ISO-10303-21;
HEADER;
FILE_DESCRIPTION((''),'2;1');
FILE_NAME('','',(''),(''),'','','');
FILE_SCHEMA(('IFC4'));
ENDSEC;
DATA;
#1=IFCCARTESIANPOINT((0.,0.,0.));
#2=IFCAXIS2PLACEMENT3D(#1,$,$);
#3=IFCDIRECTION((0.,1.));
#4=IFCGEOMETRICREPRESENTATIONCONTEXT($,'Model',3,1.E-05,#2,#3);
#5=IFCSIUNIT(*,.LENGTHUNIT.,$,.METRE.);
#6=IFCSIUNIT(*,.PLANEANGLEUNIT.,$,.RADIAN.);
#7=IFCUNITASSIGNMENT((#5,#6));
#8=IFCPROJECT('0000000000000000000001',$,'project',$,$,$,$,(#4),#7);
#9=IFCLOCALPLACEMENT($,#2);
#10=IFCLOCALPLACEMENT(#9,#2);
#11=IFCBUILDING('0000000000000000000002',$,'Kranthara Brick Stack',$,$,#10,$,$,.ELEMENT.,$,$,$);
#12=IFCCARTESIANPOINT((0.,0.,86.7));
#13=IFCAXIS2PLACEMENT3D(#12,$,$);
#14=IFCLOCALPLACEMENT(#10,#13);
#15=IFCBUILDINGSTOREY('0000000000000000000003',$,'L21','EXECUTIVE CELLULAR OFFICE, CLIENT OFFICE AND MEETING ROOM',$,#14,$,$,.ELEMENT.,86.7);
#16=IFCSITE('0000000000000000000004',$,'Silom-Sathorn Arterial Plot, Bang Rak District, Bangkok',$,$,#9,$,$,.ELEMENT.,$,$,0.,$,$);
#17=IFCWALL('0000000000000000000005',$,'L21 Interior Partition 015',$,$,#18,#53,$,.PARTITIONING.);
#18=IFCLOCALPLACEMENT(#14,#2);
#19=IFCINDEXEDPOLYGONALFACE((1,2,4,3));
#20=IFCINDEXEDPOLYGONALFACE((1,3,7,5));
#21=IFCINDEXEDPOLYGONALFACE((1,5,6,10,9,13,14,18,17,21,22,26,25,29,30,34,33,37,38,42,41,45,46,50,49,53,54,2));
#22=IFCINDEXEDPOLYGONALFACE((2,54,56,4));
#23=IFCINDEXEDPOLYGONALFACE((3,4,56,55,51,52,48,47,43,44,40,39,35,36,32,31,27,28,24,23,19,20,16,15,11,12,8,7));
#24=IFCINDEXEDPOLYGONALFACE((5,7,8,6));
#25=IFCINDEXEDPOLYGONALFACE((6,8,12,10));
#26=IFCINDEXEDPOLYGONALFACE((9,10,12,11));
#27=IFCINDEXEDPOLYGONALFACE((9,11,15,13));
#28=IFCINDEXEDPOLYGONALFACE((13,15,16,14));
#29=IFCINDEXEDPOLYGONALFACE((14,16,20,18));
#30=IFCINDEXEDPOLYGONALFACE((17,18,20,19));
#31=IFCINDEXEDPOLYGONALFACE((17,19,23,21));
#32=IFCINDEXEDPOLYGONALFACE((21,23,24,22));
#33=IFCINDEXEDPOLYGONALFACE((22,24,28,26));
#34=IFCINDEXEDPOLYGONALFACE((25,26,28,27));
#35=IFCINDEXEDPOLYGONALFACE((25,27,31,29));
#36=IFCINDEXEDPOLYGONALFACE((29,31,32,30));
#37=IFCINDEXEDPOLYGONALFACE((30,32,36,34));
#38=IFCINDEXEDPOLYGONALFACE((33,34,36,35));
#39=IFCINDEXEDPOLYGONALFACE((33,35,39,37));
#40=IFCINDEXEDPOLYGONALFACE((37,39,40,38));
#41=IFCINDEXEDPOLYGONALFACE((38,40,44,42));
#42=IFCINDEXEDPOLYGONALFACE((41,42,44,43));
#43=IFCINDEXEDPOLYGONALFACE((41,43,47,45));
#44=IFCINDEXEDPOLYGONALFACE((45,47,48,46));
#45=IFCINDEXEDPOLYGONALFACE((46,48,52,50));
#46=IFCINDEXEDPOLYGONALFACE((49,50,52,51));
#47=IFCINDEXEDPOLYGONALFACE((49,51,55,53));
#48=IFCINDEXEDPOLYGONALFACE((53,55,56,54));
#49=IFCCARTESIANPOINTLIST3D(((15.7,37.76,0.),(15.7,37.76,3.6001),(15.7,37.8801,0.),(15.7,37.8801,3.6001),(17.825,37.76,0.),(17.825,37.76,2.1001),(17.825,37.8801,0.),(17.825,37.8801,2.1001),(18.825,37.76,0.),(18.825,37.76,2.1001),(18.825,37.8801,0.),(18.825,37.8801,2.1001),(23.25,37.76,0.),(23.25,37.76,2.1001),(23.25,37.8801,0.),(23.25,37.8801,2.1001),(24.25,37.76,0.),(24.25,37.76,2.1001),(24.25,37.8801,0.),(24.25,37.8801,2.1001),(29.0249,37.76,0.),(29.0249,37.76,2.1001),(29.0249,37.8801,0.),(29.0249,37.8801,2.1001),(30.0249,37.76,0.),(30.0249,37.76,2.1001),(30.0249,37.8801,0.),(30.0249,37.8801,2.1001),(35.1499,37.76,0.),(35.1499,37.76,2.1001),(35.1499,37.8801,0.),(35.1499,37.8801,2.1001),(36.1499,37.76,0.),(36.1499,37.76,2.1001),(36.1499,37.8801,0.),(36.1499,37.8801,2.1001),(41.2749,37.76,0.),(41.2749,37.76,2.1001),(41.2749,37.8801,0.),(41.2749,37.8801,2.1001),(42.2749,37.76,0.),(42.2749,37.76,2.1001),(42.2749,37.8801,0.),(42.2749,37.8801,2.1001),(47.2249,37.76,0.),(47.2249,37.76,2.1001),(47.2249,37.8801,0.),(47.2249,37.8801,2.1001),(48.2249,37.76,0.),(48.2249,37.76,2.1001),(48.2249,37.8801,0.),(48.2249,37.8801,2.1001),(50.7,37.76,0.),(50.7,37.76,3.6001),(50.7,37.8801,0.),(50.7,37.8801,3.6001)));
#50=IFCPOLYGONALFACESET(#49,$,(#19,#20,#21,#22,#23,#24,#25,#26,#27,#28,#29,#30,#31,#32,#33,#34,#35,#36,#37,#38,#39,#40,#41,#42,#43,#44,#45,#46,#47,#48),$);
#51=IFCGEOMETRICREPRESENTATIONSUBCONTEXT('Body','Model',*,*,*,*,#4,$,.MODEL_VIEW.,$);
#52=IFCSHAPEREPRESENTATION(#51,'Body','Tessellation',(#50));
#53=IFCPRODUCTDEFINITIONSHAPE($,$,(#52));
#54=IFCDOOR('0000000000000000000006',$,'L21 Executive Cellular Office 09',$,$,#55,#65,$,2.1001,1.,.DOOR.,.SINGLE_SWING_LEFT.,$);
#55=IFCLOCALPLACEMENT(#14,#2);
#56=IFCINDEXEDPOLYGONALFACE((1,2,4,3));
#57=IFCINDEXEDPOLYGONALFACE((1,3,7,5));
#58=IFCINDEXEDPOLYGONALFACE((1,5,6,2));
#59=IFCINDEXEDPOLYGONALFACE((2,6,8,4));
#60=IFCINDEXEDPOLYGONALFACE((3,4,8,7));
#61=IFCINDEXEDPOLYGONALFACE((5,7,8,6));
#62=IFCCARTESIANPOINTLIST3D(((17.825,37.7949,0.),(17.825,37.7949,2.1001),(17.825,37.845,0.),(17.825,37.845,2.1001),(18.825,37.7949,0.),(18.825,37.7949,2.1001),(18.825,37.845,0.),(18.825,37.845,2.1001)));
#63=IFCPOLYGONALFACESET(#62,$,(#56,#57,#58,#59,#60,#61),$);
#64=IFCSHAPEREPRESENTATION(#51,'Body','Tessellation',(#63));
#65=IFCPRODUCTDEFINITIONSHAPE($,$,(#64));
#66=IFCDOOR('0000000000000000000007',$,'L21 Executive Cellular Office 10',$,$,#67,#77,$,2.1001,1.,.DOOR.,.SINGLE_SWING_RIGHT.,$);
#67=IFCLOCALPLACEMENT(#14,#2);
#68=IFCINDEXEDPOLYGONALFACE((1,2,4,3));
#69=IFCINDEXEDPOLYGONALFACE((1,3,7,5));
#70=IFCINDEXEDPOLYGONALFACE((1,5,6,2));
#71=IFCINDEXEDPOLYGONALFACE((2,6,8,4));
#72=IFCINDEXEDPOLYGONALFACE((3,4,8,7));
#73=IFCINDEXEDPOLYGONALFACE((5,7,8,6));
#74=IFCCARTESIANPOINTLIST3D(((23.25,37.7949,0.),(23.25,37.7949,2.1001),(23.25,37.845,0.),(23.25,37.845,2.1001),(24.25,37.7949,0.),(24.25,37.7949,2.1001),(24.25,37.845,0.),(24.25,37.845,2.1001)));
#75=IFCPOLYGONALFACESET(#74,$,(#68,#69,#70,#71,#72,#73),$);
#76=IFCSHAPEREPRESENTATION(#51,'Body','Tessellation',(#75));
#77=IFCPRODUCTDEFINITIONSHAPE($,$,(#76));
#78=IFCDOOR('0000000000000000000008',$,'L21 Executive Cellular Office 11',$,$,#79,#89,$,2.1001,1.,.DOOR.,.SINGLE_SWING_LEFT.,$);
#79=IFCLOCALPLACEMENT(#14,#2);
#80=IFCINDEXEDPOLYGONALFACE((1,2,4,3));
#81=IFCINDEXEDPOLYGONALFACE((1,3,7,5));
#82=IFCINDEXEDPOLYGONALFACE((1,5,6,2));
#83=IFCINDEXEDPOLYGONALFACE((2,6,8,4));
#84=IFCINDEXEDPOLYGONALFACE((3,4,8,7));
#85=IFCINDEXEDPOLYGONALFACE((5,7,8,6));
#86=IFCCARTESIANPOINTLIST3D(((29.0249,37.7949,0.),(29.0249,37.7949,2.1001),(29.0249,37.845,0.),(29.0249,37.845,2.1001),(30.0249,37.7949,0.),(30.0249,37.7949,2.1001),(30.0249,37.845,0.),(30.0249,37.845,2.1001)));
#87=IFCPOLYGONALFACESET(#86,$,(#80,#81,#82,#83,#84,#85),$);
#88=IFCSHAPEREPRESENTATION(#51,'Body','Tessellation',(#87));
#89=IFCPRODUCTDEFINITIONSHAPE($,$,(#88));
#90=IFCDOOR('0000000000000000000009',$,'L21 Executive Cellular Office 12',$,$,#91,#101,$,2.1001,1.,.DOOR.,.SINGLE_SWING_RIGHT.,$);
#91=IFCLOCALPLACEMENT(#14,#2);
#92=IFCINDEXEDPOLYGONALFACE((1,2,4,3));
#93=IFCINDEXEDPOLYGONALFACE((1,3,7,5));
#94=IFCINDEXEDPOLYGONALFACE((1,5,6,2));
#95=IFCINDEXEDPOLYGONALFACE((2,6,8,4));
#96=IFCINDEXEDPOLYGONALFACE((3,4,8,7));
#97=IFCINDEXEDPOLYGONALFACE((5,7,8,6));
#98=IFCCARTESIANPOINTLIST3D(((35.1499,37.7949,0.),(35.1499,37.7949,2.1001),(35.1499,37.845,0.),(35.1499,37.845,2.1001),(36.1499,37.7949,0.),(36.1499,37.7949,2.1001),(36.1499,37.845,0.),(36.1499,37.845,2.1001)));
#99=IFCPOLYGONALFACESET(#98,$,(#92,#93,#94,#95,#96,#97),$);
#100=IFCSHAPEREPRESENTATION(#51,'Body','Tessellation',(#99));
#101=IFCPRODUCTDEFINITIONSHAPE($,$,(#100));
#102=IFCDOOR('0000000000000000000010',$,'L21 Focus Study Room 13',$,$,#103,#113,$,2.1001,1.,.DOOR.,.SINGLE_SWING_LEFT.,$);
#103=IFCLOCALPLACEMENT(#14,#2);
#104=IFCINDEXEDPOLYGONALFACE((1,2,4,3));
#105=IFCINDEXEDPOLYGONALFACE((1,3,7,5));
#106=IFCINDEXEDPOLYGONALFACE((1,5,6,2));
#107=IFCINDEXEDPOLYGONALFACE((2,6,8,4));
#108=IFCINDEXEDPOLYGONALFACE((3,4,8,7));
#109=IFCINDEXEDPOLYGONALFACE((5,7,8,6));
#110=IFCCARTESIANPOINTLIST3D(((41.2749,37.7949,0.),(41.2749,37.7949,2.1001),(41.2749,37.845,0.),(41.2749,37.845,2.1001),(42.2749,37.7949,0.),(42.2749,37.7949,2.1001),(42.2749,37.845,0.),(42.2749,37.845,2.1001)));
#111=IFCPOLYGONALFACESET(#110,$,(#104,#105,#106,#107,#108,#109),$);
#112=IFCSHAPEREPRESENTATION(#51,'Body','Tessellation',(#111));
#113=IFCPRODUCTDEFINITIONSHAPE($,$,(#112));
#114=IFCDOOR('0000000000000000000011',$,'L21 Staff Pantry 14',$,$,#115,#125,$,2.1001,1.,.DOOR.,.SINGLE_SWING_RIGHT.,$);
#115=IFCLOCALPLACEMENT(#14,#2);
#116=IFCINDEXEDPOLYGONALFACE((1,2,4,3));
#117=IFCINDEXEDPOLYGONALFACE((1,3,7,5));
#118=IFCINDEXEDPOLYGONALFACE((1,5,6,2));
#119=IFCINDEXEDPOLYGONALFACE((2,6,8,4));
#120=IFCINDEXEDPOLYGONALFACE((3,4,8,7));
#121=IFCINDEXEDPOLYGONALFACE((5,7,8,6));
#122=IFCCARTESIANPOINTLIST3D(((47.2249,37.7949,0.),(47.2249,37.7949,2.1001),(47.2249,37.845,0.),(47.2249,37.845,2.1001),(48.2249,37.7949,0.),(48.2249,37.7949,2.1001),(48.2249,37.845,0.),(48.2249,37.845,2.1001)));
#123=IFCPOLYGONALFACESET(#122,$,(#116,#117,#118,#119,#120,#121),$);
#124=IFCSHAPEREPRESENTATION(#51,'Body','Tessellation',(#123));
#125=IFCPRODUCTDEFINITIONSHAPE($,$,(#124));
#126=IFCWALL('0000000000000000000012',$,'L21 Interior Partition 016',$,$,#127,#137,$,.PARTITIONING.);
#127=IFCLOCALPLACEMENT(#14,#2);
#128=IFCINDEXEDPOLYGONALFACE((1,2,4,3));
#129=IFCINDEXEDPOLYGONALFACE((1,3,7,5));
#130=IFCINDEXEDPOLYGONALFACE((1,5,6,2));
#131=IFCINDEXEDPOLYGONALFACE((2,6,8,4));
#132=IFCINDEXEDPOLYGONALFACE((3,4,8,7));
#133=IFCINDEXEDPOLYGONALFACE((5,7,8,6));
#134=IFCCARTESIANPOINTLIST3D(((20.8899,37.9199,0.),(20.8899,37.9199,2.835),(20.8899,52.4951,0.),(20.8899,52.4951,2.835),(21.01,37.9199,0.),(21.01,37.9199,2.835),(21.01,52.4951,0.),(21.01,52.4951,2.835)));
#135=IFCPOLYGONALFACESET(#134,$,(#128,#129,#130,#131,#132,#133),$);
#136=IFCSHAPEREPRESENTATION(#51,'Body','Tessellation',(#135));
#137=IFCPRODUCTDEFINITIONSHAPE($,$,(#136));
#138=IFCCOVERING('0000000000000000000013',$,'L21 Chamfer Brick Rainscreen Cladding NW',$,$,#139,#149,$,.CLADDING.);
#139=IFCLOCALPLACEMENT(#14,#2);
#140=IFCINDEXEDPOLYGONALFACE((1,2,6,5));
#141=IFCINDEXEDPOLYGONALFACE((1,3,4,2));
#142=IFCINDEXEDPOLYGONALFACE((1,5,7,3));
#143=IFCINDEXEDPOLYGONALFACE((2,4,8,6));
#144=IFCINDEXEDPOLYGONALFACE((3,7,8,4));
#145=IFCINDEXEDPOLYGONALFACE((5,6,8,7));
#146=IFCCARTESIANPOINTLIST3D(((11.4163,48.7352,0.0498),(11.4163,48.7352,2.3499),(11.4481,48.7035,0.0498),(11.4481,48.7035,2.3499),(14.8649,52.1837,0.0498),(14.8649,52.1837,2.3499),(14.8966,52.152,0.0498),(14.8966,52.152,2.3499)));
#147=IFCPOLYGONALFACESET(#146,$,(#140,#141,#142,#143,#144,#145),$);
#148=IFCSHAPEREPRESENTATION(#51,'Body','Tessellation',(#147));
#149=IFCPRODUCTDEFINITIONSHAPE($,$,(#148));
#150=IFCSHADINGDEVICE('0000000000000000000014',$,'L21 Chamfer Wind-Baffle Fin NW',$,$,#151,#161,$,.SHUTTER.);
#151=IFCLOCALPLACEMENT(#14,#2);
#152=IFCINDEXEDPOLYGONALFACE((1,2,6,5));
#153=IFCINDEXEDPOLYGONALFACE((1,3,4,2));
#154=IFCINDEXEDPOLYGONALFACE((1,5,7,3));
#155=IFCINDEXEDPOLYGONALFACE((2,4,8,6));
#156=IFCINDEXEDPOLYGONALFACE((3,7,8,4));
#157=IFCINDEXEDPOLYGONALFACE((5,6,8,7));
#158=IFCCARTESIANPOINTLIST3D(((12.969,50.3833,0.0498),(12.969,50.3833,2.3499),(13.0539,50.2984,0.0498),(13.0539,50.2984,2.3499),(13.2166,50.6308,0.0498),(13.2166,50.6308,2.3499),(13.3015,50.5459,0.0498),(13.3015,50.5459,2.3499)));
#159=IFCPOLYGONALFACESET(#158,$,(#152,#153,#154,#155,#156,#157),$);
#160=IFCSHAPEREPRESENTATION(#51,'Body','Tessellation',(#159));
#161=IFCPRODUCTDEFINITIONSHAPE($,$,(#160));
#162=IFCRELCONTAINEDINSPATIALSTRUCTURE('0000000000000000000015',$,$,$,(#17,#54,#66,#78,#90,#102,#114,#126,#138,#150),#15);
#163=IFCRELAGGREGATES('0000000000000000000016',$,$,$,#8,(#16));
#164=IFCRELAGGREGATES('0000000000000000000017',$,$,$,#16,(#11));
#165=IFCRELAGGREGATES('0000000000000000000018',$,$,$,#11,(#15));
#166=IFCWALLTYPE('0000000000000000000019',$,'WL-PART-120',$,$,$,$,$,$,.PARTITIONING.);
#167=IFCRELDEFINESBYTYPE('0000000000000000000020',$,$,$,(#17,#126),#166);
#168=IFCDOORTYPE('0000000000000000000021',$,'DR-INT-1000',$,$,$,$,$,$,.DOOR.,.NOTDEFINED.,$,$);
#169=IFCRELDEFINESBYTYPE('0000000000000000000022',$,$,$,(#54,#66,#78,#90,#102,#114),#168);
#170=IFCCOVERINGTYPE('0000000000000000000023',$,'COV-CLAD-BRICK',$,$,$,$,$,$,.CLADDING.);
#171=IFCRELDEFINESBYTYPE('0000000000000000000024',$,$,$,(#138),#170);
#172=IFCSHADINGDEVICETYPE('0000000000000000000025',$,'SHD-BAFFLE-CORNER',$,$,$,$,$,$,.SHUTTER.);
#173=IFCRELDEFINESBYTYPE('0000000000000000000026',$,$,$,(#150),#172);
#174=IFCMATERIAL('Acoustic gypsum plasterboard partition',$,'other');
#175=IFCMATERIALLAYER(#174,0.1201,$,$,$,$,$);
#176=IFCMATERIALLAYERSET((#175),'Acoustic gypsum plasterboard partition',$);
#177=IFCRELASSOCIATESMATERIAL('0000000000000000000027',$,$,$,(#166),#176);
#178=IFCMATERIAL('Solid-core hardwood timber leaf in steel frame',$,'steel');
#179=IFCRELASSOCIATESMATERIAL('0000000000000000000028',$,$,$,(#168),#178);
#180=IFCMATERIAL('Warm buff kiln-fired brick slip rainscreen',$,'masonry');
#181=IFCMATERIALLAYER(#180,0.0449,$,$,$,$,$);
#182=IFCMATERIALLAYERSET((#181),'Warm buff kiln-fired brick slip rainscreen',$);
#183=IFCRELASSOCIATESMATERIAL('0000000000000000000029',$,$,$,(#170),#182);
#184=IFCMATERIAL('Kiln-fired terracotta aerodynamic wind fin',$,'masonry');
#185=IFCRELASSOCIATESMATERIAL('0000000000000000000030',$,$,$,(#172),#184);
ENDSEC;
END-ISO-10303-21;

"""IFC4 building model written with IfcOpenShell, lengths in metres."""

from ifc_helpers import new_model, si_unit, direction, frame, frame_2d, origin, origin_2d, place, context, subcontext, project, spatial, rectangle, extrude, material, layer, layer_set, type_object, element, fill, save


model = new_model("IFC4")

# Units and contexts
model_context = context("Model", 3, precision=1e-05, world=origin(), true_north=direction((0.0, 1.0)))
body_context = subcontext(model_context, "Body", "Model", "MODEL_VIEW")
ifc_project = project(units=[si_unit("LENGTHUNIT", "METRE"), si_unit("PLANEANGLEUNIT", "RADIAN")], contexts=[model_context])

# Site, building, storey
site_placement = place(None, origin())
site = spatial("IfcSite", under=ifc_project, at=site_placement, Name="Silom-Sathorn Arterial Plot, Bang Rak District, Bangkok", CompositionType="ELEMENT", RefElevation=0.0)
building_placement = place(site_placement, origin())
building = spatial("IfcBuilding", under=site, at=building_placement, Name="Kranthara Brick Stack", CompositionType="ELEMENT")
storey_placement = place(building_placement, frame((0.0, 0.0, 86.7)))
storey = spatial("IfcBuildingStorey", under=building, at=storey_placement, Name="L21", Description="EXECUTIVE CELLULAR OFFICE, CLIENT OFFICE AND MEETING ROOM", CompositionType="ELEMENT", Elevation=86.7)

# Shared definitions
ifc_material_1 = material(Name="Acoustic gypsum plasterboard partition", Category="other")
ifc_layer_1 = layer(ifc_material_1, 0.1201)
ifc_layer_set_1 = layer_set([ifc_layer_1], Name="Acoustic gypsum plasterboard partition")
wall_type_1 = type_object("IfcWallType", Name="WL-PART-120", PredefinedType="PARTITIONING", material=ifc_layer_set_1)

# Wall, openings, doors
wall_1_placement = place(storey_placement, frame((15.7, 37.8201, 0.0), z_axis=(0.0, 0.0, 1.0), x_axis=(1.0, 0.0, 0.0)))
wall_1 = element("IfcWall", 1, at=wall_1_placement, inside=storey, type_object=wall_type_1, Name="L21 Interior Partition 015", PredefinedType="PARTITIONING", context=body_context, shape_type="SweptSolid", body=[
    extrude(rectangle(XDim=35.0, YDim=0.1201, at=frame_2d((17.5, 0.0))), origin(), (0.0, 0.0, 1.0), 3.6001),
])
opening_1_placement = place(wall_1_placement, frame((2.125, 0.0, 0.0)))
opening_1 = element("IfcOpeningElement", 2, at=opening_1_placement, cuts=wall_1, PredefinedType="OPENING", context=body_context, shape_type="SweptSolid", body=[
    extrude(rectangle(XDim=1.0, YDim=2.1001, at=frame_2d((0.5, 1.05))), frame((0.0, 0.0701, 0.0), z_axis=(0.0, -1.0, 0.0), x_axis=(1.0, 0.0, 0.0)), (0.0, 0.0, 1.0), 0.1401),
])
opening_2_placement = place(wall_1_placement, frame((7.55, 0.0, 0.0)))
opening_2 = element("IfcOpeningElement", 3, at=opening_2_placement, cuts=wall_1, PredefinedType="OPENING", context=body_context, shape_type="SweptSolid", body=[
    extrude(rectangle(XDim=1.0, YDim=2.1001, at=frame_2d((0.5, 1.05))), frame((0.0, 0.0701, 0.0), z_axis=(0.0, -1.0, 0.0), x_axis=(1.0, 0.0, 0.0)), (0.0, 0.0, 1.0), 0.1401),
])
opening_3_placement = place(wall_1_placement, frame((13.325, 0.0, 0.0)))
opening_3 = element("IfcOpeningElement", 4, at=opening_3_placement, cuts=wall_1, PredefinedType="OPENING", context=body_context, shape_type="SweptSolid", body=[
    extrude(rectangle(XDim=1.0, YDim=2.1001, at=frame_2d((0.5, 1.05))), frame((0.0, 0.0701, 0.0), z_axis=(0.0, -1.0, 0.0), x_axis=(1.0, 0.0, 0.0)), (0.0, 0.0, 1.0), 0.1401),
])
opening_4_placement = place(wall_1_placement, frame((19.45, 0.0, 0.0)))
opening_4 = element("IfcOpeningElement", 5, at=opening_4_placement, cuts=wall_1, PredefinedType="OPENING", context=body_context, shape_type="SweptSolid", body=[
    extrude(rectangle(XDim=1.0, YDim=2.1001, at=frame_2d((0.5, 1.05))), frame((0.0, 0.0701, 0.0), z_axis=(0.0, -1.0, 0.0), x_axis=(1.0, 0.0, 0.0)), (0.0, 0.0, 1.0), 0.1401),
])
opening_5_placement = place(wall_1_placement, frame((25.575, 0.0, 0.0)))
opening_5 = element("IfcOpeningElement", 6, at=opening_5_placement, cuts=wall_1, PredefinedType="OPENING", context=body_context, shape_type="SweptSolid", body=[
    extrude(rectangle(XDim=1.0, YDim=2.1001, at=frame_2d((0.5, 1.05))), frame((0.0, 0.0701, 0.0), z_axis=(0.0, -1.0, 0.0), x_axis=(1.0, 0.0, 0.0)), (0.0, 0.0, 1.0), 0.1401),
])
opening_6_placement = place(wall_1_placement, frame((31.5249, 0.0, 0.0)))
opening_6 = element("IfcOpeningElement", 7, at=opening_6_placement, cuts=wall_1, PredefinedType="OPENING", context=body_context, shape_type="SweptSolid", body=[
    extrude(rectangle(XDim=1.0, YDim=2.1001, at=frame_2d((0.5, 1.05))), frame((0.0, 0.0701, 0.0), z_axis=(0.0, -1.0, 0.0), x_axis=(1.0, 0.0, 0.0)), (0.0, 0.0, 1.0), 0.1401),
])
ifc_material_2 = material(Name="Solid-core hardwood timber leaf in steel frame", Category="steel")
door_type_1 = type_object("IfcDoorType", Name="DR-INT-1000", OperationType="NOTDEFINED", PredefinedType="DOOR", material=ifc_material_2)
door_1_placement = place(opening_1_placement, origin())
door_1 = element("IfcDoor", 8, at=door_1_placement, inside=storey, type_object=door_type_1, Name="L21 Executive Cellular Office 09", OperationType="SINGLE_SWING_LEFT", OverallHeight=2.1001, OverallWidth=1.0, PredefinedType="DOOR", context=body_context, shape_type="SweptSolid", body=[
    extrude(rectangle(XDim=1.0, YDim=2.1001, at=frame_2d((0.5, 1.05))), frame((0.0, 0.0249, 0.0), z_axis=(0.0, -1.0, 0.0), x_axis=(1.0, 0.0, 0.0)), (0.0, 0.0, 1.0), 0.05),
])
fill(opening_1, door_1)
door_2_placement = place(opening_2_placement, origin())
door_2 = element("IfcDoor", 9, at=door_2_placement, inside=storey, type_object=door_type_1, Name="L21 Executive Cellular Office 10", OperationType="SINGLE_SWING_RIGHT", OverallHeight=2.1001, OverallWidth=1.0, PredefinedType="DOOR", context=body_context, shape_type="SweptSolid", body=[
    extrude(rectangle(XDim=1.0, YDim=2.1001, at=frame_2d((0.5, 1.05))), frame((0.0, 0.0249, 0.0), z_axis=(0.0, -1.0, 0.0), x_axis=(1.0, 0.0, 0.0)), (0.0, 0.0, 1.0), 0.05),
])
fill(opening_2, door_2)
door_3_placement = place(opening_3_placement, origin())
door_3 = element("IfcDoor", 10, at=door_3_placement, inside=storey, type_object=door_type_1, Name="L21 Executive Cellular Office 11", OperationType="SINGLE_SWING_LEFT", OverallHeight=2.1001, OverallWidth=1.0, PredefinedType="DOOR", context=body_context, shape_type="SweptSolid", body=[
    extrude(rectangle(XDim=1.0, YDim=2.1001, at=frame_2d((0.5, 1.05))), frame((0.0, 0.0249, 0.0), z_axis=(0.0, -1.0, 0.0), x_axis=(1.0, 0.0, 0.0)), (0.0, 0.0, 1.0), 0.05),
])
fill(opening_3, door_3)
door_4_placement = place(opening_4_placement, origin())
door_4 = element("IfcDoor", 11, at=door_4_placement, inside=storey, type_object=door_type_1, Name="L21 Executive Cellular Office 12", OperationType="SINGLE_SWING_RIGHT", OverallHeight=2.1001, OverallWidth=1.0, PredefinedType="DOOR", context=body_context, shape_type="SweptSolid", body=[
    extrude(rectangle(XDim=1.0, YDim=2.1001, at=frame_2d((0.5, 1.05))), frame((0.0, 0.0249, 0.0), z_axis=(0.0, -1.0, 0.0), x_axis=(1.0, 0.0, 0.0)), (0.0, 0.0, 1.0), 0.05),
])
fill(opening_4, door_4)
door_5_placement = place(opening_5_placement, origin())
door_5 = element("IfcDoor", 12, at=door_5_placement, inside=storey, type_object=door_type_1, Name="L21 Focus Study Room 13", OperationType="SINGLE_SWING_LEFT", OverallHeight=2.1001, OverallWidth=1.0, PredefinedType="DOOR", context=body_context, shape_type="SweptSolid", body=[
    extrude(rectangle(XDim=1.0, YDim=2.1001, at=frame_2d((0.5, 1.05))), frame((0.0, 0.0249, 0.0), z_axis=(0.0, -1.0, 0.0), x_axis=(1.0, 0.0, 0.0)), (0.0, 0.0, 1.0), 0.05),
])
fill(opening_5, door_5)
door_6_placement = place(opening_6_placement, origin())
door_6 = element("IfcDoor", 13, at=door_6_placement, inside=storey, type_object=door_type_1, Name="L21 Staff Pantry 14", OperationType="SINGLE_SWING_RIGHT", OverallHeight=2.1001, OverallWidth=1.0, PredefinedType="DOOR", context=body_context, shape_type="SweptSolid", body=[
    extrude(rectangle(XDim=1.0, YDim=2.1001, at=frame_2d((0.5, 1.05))), frame((0.0, 0.0249, 0.0), z_axis=(0.0, -1.0, 0.0), x_axis=(1.0, 0.0, 0.0)), (0.0, 0.0, 1.0), 0.05),
])
fill(opening_6, door_6)

# Wall
wall_2_placement = place(storey_placement, frame((20.95, 37.9199, 0.0), z_axis=(0.0, 0.0, 1.0), x_axis=(0.0, 1.0, 0.0)))
element("IfcWall", 14, at=wall_2_placement, inside=storey, type_object=wall_type_1, Name="L21 Interior Partition 016", PredefinedType="PARTITIONING", context=body_context, shape_type="SweptSolid", body=[
    extrude(rectangle(XDim=14.5752, YDim=0.1201, at=frame_2d((7.2876, 0.0))), origin(), (0.0, 0.0, 1.0), 2.835),
])

# Covering
ifc_material_3 = material(Name="Warm buff kiln-fired brick slip rainscreen", Category="masonry")
ifc_layer_2 = layer(ifc_material_3, 0.0449)
ifc_layer_set_2 = layer_set([ifc_layer_2], Name="Warm buff kiln-fired brick slip rainscreen")
covering_type = type_object("IfcCoveringType", Name="COV-CLAD-BRICK", PredefinedType="CLADDING", material=ifc_layer_set_2)
covering_placement = place(storey_placement, frame((13.1565, 50.4436, 0.0498), z_axis=(0.0, 0.0, 1.0), x_axis=(0.707107, 0.707107, 0.0)))
element("IfcCovering", 15, at=covering_placement, inside=storey, type_object=covering_type, Name="L21 Chamfer Brick Rainscreen Cladding NW", PredefinedType="CLADDING", context=body_context, shape_type="SweptSolid", body=[
    extrude(rectangle(XDim=4.877, YDim=0.0449, at=origin_2d()), origin(), (0.0, 0.0, 1.0), 2.3),
])

# Shading device
ifc_material_4 = material(Name="Kiln-fired terracotta aerodynamic wind fin", Category="masonry")
shading_device_type = type_object("IfcShadingDeviceType", Name="SHD-BAFFLE-CORNER", PredefinedType="SHUTTER", material=ifc_material_4)
shading_device_placement = place(storey_placement, frame((13.1353, 50.4646, 0.0498), z_axis=(0.0, 0.0, 1.0), x_axis=(0.707107, 0.707107, 0.0)))
element("IfcShadingDevice", 16, at=shading_device_placement, inside=storey, type_object=shading_device_type, Name="L21 Chamfer Wind-Baffle Fin NW", PredefinedType="SHUTTER", context=body_context, shape_type="SweptSolid", body=[
    extrude(rectangle(XDim=0.3501, YDim=0.1201, at=origin_2d()), origin(), (0.0, 0.0, 1.0), 2.3),
])

save(model, "model.ifc")
